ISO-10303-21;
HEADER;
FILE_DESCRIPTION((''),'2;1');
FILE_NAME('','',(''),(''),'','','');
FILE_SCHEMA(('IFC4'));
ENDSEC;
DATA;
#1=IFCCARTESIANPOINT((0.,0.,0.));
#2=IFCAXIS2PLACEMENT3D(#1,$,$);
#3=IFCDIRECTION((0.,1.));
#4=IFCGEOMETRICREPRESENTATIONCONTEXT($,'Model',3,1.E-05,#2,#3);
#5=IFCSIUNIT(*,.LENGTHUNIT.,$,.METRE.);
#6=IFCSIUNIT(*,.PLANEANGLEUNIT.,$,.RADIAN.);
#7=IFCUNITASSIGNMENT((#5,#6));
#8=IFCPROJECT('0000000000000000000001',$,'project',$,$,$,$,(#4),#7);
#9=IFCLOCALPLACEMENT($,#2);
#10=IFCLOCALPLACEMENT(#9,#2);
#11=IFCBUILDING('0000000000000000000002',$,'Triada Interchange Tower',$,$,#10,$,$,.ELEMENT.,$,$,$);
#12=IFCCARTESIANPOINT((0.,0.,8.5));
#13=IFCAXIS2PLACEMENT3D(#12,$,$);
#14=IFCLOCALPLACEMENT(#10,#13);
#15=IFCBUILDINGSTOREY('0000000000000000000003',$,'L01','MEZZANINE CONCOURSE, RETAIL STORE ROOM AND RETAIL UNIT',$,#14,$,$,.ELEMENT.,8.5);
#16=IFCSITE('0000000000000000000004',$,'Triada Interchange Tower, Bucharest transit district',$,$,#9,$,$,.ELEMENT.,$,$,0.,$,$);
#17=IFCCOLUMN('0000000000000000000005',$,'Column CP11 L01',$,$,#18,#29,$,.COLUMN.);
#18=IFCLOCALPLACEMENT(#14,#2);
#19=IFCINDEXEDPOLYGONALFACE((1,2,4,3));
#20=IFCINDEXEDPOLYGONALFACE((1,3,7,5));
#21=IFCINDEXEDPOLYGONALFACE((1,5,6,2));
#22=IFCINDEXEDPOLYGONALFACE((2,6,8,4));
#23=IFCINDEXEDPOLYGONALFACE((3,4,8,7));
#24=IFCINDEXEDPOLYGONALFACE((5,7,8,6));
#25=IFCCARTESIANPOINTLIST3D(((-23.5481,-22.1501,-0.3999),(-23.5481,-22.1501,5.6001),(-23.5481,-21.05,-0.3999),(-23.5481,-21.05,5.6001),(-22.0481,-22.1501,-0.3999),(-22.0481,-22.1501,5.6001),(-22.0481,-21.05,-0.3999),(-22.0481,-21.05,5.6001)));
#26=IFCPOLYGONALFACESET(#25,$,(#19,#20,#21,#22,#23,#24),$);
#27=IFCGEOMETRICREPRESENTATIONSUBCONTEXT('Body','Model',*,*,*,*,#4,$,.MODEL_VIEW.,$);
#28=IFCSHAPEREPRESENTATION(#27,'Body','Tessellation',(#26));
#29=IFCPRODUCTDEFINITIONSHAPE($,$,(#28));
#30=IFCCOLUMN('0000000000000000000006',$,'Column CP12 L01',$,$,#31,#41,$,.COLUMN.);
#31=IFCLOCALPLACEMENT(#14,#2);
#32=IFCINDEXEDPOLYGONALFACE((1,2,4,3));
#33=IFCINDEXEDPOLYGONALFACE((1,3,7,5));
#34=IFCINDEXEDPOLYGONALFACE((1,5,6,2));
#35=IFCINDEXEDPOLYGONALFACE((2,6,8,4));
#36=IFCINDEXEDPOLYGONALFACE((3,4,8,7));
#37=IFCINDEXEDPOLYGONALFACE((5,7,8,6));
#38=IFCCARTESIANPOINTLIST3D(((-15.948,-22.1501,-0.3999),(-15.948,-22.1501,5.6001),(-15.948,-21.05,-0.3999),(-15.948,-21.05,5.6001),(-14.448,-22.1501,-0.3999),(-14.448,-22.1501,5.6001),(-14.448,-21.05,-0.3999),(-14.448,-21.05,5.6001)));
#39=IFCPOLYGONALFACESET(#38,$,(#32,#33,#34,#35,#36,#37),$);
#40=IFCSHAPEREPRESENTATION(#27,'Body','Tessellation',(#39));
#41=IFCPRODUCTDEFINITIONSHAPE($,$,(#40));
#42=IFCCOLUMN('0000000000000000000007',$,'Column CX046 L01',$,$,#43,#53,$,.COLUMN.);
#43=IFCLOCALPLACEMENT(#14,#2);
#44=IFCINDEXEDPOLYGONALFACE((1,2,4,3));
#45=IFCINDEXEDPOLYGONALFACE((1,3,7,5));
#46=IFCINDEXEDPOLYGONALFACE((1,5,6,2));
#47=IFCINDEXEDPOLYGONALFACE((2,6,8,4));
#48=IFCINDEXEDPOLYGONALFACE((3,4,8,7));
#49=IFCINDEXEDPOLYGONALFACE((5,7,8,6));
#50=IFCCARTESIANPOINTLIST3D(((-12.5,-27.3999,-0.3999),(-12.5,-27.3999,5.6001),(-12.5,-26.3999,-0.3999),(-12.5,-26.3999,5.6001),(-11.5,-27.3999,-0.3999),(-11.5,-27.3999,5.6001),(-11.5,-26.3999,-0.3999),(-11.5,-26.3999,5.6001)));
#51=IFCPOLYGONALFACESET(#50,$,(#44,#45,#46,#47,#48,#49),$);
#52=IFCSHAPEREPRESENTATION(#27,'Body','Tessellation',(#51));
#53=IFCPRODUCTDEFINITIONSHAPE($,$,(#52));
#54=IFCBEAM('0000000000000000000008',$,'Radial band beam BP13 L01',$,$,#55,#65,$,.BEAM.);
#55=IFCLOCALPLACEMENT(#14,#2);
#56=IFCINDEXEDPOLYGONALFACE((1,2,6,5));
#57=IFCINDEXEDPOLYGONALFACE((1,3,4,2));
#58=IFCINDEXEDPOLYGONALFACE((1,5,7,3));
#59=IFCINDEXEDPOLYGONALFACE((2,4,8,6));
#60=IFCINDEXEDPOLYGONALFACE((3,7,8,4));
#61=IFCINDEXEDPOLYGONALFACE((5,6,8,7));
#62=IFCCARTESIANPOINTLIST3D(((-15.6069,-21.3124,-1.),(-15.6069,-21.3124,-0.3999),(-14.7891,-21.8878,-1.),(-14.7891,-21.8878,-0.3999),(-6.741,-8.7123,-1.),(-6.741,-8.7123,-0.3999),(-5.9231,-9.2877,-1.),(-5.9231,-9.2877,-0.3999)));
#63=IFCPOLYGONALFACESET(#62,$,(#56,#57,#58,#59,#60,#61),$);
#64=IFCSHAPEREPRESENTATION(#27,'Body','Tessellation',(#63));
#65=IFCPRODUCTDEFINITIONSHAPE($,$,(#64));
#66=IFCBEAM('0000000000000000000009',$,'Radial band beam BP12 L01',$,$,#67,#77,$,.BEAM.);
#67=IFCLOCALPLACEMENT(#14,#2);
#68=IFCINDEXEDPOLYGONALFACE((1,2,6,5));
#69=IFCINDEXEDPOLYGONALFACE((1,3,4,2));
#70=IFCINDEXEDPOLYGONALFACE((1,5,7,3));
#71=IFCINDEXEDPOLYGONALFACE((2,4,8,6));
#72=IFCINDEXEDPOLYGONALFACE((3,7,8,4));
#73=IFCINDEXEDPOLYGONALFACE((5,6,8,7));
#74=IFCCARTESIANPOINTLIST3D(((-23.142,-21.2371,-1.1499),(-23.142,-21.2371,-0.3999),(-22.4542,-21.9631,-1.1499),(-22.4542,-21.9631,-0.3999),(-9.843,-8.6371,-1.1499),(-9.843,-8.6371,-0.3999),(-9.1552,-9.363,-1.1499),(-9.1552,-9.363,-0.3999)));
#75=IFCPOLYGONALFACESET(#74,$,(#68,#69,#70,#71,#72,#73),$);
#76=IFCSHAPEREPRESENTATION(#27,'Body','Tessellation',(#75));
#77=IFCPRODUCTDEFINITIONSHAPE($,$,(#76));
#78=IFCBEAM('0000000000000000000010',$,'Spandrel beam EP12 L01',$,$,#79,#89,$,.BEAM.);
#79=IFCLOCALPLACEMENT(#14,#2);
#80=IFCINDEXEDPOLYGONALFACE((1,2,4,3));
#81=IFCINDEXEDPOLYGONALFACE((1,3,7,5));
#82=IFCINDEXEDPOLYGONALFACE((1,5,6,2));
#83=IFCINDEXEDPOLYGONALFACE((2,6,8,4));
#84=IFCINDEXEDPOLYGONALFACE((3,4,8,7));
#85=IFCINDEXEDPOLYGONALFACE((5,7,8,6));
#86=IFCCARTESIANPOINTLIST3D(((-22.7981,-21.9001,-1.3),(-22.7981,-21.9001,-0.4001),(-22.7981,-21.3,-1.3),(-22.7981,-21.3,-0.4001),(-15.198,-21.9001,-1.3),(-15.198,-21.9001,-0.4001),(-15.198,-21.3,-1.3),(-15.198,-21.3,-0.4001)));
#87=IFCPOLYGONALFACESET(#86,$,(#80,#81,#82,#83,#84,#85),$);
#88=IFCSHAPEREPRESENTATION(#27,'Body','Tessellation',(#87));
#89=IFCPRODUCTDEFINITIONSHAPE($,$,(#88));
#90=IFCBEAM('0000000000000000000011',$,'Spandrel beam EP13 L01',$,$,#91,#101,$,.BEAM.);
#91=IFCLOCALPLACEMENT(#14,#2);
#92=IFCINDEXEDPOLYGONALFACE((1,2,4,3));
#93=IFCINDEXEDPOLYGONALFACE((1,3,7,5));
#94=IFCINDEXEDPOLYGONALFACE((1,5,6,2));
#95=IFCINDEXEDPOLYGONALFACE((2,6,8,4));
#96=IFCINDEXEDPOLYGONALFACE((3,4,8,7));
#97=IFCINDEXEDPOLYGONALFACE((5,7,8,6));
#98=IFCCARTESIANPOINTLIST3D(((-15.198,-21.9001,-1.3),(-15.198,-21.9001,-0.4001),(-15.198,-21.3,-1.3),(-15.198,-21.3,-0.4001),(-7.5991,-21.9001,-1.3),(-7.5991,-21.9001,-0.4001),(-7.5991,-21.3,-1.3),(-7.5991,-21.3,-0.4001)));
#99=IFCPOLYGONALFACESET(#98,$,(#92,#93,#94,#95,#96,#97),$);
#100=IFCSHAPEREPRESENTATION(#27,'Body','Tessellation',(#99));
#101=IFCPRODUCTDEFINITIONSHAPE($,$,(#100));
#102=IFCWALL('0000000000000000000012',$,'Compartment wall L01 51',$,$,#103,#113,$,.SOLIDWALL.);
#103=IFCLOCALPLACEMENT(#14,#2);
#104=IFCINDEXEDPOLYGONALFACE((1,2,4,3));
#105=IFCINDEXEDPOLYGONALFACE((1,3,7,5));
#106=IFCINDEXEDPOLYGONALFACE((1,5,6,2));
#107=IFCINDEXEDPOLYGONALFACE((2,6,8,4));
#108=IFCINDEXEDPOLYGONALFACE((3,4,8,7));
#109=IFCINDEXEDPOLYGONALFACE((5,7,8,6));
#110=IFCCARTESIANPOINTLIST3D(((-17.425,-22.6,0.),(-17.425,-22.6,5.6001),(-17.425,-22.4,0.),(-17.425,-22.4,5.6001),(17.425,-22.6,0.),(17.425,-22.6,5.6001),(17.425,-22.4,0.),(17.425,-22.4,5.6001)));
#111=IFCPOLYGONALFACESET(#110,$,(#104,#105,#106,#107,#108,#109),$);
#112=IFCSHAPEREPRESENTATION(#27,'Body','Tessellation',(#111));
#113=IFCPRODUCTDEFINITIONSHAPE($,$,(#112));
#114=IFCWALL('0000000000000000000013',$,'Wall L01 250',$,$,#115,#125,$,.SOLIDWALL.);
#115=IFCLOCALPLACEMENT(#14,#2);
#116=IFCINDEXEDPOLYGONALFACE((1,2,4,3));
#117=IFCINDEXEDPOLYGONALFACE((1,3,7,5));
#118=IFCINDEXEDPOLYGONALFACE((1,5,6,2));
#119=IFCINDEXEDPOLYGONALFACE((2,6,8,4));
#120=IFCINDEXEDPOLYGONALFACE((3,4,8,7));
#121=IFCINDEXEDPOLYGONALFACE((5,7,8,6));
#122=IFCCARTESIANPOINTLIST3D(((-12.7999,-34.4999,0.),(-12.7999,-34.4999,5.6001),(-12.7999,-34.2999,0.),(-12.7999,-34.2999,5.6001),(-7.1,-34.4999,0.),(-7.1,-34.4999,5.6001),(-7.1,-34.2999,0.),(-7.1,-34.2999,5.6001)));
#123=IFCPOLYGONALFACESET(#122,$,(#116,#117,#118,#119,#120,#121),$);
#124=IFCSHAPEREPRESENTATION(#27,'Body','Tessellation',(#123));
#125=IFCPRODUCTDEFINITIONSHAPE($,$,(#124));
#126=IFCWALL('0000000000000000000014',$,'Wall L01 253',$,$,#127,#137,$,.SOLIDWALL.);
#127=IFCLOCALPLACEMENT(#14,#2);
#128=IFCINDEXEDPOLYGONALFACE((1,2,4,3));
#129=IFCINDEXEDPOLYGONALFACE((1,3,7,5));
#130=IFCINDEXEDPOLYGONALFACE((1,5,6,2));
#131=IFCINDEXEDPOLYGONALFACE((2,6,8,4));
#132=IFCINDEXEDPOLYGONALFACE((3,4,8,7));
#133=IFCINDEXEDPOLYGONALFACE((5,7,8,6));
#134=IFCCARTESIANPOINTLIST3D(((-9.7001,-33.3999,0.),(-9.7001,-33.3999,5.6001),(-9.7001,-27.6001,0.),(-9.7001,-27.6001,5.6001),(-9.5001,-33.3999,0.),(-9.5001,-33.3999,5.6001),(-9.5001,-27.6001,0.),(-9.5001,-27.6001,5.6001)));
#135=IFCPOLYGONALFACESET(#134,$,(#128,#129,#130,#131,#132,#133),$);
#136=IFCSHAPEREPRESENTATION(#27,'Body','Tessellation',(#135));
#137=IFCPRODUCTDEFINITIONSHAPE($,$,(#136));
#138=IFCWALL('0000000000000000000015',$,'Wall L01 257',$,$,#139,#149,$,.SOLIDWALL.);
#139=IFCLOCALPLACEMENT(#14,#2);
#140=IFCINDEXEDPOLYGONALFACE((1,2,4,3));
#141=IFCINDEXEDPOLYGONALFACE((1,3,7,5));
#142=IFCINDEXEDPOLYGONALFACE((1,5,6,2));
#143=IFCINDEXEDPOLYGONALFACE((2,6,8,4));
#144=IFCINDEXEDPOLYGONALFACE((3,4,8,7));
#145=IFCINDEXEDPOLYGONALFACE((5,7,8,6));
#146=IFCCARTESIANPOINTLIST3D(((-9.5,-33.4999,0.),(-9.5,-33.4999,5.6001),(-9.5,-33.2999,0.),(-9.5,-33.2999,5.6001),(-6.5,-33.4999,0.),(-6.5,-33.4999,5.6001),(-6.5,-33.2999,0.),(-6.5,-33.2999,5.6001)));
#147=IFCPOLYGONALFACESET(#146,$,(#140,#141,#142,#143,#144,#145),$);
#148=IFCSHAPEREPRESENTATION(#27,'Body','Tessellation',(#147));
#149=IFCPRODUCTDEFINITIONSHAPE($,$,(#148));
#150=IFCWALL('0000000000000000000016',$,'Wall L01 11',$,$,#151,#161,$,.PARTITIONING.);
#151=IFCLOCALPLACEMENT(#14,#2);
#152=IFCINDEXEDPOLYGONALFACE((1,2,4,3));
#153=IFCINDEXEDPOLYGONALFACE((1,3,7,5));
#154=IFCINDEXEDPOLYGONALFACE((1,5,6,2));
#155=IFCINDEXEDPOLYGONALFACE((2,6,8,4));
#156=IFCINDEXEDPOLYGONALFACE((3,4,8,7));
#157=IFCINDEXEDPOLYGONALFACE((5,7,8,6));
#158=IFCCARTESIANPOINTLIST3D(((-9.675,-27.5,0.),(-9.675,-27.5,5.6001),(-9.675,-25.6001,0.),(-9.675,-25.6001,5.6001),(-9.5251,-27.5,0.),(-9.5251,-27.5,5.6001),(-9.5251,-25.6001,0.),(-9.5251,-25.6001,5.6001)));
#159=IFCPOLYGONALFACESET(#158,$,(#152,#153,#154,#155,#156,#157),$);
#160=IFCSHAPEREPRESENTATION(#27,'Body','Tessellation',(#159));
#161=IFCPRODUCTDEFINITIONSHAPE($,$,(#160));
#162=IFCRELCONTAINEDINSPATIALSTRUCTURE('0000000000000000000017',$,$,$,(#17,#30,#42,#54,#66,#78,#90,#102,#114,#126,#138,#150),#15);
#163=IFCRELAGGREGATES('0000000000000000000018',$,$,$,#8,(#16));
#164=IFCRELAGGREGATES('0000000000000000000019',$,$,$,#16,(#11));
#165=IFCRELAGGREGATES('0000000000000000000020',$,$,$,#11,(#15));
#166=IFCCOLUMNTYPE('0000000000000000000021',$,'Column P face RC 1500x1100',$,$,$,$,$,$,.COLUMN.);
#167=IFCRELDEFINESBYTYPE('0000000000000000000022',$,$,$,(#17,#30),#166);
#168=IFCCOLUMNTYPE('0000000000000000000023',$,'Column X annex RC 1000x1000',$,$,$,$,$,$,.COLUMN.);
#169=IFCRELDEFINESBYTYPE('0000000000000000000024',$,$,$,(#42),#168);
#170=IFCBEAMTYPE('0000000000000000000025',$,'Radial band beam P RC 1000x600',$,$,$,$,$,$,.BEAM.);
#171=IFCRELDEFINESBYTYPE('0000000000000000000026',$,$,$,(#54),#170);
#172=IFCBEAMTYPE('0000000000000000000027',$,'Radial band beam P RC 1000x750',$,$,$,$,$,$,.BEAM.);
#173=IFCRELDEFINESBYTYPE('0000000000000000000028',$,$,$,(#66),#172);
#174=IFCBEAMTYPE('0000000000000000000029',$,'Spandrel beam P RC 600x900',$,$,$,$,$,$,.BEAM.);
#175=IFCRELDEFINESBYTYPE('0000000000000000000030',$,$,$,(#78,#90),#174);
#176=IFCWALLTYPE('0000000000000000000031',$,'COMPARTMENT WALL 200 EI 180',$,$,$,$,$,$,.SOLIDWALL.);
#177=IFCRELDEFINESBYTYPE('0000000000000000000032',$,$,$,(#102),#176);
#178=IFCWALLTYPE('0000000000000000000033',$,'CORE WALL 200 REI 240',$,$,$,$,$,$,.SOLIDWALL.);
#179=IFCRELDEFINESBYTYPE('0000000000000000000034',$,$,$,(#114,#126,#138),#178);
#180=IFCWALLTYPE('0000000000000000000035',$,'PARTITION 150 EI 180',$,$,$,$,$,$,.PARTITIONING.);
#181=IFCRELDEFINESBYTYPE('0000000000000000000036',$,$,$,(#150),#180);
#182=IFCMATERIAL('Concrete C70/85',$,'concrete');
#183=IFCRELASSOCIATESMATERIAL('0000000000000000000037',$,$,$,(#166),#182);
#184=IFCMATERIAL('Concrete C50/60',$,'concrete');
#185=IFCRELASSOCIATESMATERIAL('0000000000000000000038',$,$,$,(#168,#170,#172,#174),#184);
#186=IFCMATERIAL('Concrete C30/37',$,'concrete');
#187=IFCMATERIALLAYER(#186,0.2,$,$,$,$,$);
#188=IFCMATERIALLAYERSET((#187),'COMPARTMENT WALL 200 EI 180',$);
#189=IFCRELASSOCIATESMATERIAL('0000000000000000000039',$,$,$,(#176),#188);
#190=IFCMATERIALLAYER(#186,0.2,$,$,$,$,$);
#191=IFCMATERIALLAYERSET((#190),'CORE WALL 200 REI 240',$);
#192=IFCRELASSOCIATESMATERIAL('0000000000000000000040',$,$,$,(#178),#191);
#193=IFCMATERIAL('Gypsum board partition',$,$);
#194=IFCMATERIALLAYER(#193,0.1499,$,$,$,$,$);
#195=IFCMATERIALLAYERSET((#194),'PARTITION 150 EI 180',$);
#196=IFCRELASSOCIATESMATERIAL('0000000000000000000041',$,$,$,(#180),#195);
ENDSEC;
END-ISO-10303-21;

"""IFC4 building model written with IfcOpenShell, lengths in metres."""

from ifc_helpers import new_model, si_unit, direction, frame, frame_2d, origin, origin_2d, place, context, subcontext, project, spatial, rectangle, extrude, material, layer, layer_set, material_profile, profile_set, type_object, element, save


model = new_model("IFC4")

# Units and contexts
model_context = context("Model", 3, precision=1e-05, world=origin(), true_north=direction((0.0, 1.0)))
body_context = subcontext(model_context, "Body", "Model", "MODEL_VIEW")
ifc_project = project(units=[si_unit("LENGTHUNIT", "METRE"), si_unit("PLANEANGLEUNIT", "RADIAN")], contexts=[model_context])

# Site, building, storey
site_placement = place(None, origin())
site = spatial("IfcSite", under=ifc_project, at=site_placement, Name="Triada Interchange Tower, Bucharest transit district", CompositionType="ELEMENT", RefElevation=0.0)
building_placement = place(site_placement, origin())
building = spatial("IfcBuilding", under=site, at=building_placement, Name="Triada Interchange Tower", CompositionType="ELEMENT")
storey_placement = place(building_placement, frame((0.0, 0.0, 8.5)))
storey = spatial("IfcBuildingStorey", under=building, at=storey_placement, Name="L01", Description="MEZZANINE CONCOURSE, RETAIL STORE ROOM AND RETAIL UNIT", CompositionType="ELEMENT", Elevation=8.5)

# Columns
ifc_material_1 = material(Name="Concrete C70/85", Category="concrete")
ifc_material_profile_1 = material_profile(ifc_material_1, rectangle(XDim=1.5, YDim=1.1001, at=origin_2d()), Name="RC 1500x1100")
ifc_profile_set_1 = profile_set([ifc_material_profile_1], Name="Concrete C70/85")
column_type_1 = type_object("IfcColumnType", Name="Column P face RC 1500x1100", PredefinedType="COLUMN", material=ifc_profile_set_1)
for number, where, z_axis, x_axis, name in (
    (1, (-22.7981, -21.6001, -0.3999), (0.0, 0.0, 1.0), (1.0, 0.0, 0.0), "Column CP11 L01"),
    (2, (-15.198, -21.6001, -0.3999), (0.0, 0.0, 1.0), (1.0, 0.0, 0.0), "Column CP12 L01"),
):
    element("IfcColumn", number, at=place(storey_placement, frame(where, z_axis=z_axis, x_axis=x_axis)), inside=storey, type_object=column_type_1, Name=name, PredefinedType="COLUMN", context=body_context, shape_type="SweptSolid", body=[
        extrude(rectangle(XDim=1.5, YDim=1.1001, at=origin_2d()), origin(), (0.0, 0.0, 1.0), 6.0),
    ])
ifc_material_2 = material(Name="Concrete C50/60", Category="concrete")
ifc_material_profile_2 = material_profile(ifc_material_2, rectangle(XDim=1.0, YDim=1.0, at=origin_2d()), Name="RC 1000x1000")
ifc_profile_set_2 = profile_set([ifc_material_profile_2], Name="Concrete C50/60")
column_type_2 = type_object("IfcColumnType", Name="Column X annex RC 1000x1000", PredefinedType="COLUMN", material=ifc_profile_set_2)
column_placement = place(storey_placement, frame((-12.0, -26.8999, -0.3999), z_axis=(0.0, 0.0, 1.0), x_axis=(1.0, 0.0, 0.0)))
element("IfcColumn", 3, at=column_placement, inside=storey, type_object=column_type_2, Name="Column CX046 L01", PredefinedType="COLUMN", context=body_context, shape_type="SweptSolid", body=[
    extrude(rectangle(XDim=1.0, YDim=1.0, at=origin_2d()), origin(), (0.0, 0.0, 1.0), 6.0),
])

# Beams
ifc_material_profile_3 = material_profile(ifc_material_2, rectangle(XDim=1.0, YDim=0.6001, at=origin_2d()), Name="RC 1000x600")
ifc_profile_set_3 = profile_set([ifc_material_profile_3], Name="Concrete C50/60")
beam_type_1 = type_object("IfcBeamType", Name="Radial band beam P RC 1000x600", PredefinedType="BEAM", material=ifc_profile_set_3)
beam_1_placement = place(storey_placement, frame((-15.198, -21.6001, -0.7), z_axis=(0.57546, 0.81783, 0.0), x_axis=(-0.81783, 0.57546, 0.0)))
element("IfcBeam", 4, at=beam_1_placement, inside=storey, type_object=beam_type_1, Name="Radial band beam BP13 L01", PredefinedType="BEAM", context=body_context, shape_type="SweptSolid", body=[
    extrude(rectangle(XDim=1.0, YDim=0.6001, at=origin_2d()), origin(), (0.0, 0.0, 1.0), 15.4067),
])
ifc_material_profile_4 = material_profile(ifc_material_2, rectangle(XDim=1.0, YDim=0.75, at=origin_2d()), Name="RC 1000x750")
ifc_profile_set_4 = profile_set([ifc_material_profile_4], Name="Concrete C50/60")
beam_type_2 = type_object("IfcBeamType", Name="Radial band beam P RC 1000x750", PredefinedType="BEAM", material=ifc_profile_set_4)
beam_2_placement = place(storey_placement, frame((-22.7981, -21.6001, -0.7749), z_axis=(0.725926, 0.687773, 0.0), x_axis=(-0.687773, 0.725926, 0.0)))
element("IfcBeam", 5, at=beam_2_placement, inside=storey, type_object=beam_type_2, Name="Radial band beam BP12 L01", PredefinedType="BEAM", context=body_context, shape_type="SweptSolid", body=[
    extrude(rectangle(XDim=1.0, YDim=0.75, at=origin_2d()), origin(), (0.0, 0.0, 1.0), 18.3201),
])
ifc_material_profile_5 = material_profile(ifc_material_2, rectangle(XDim=0.6001, YDim=0.8999, at=origin_2d()), Name="RC 600x900")
ifc_profile_set_5 = profile_set([ifc_material_profile_5], Name="Concrete C50/60")
beam_type_3 = type_object("IfcBeamType", Name="Spandrel beam P RC 600x900", PredefinedType="BEAM", material=ifc_profile_set_5)
beam_3_placement = place(storey_placement, frame((-22.7981, -21.6001, -0.8501), z_axis=(1.0, 0.0, 0.0), x_axis=(0.0, 1.0, 0.0)))
element("IfcBeam", 6, at=beam_3_placement, inside=storey, type_object=beam_type_3, Name="Spandrel beam EP12 L01", PredefinedType="BEAM", context=body_context, shape_type="SweptSolid", body=[
    extrude(rectangle(XDim=0.6001, YDim=0.8999, at=origin_2d()), origin(), (0.0, 0.0, 1.0), 7.6001),
])
beam_4_placement = place(storey_placement, frame((-15.198, -21.6001, -0.8501), z_axis=(1.0, 0.0, 0.0), x_axis=(0.0, 1.0, 0.0)))
element("IfcBeam", 7, at=beam_4_placement, inside=storey, type_object=beam_type_3, Name="Spandrel beam EP13 L01", PredefinedType="BEAM", context=body_context, shape_type="SweptSolid", body=[
    extrude(rectangle(XDim=0.6001, YDim=0.8999, at=origin_2d()), origin(), (0.0, 0.0, 1.0), 7.5989),
])

# Walls
ifc_material_3 = material(Name="Concrete C30/37", Category="concrete")
ifc_layer_1 = layer(ifc_material_3, 0.2)
ifc_layer_set_1 = layer_set([ifc_layer_1], Name="COMPARTMENT WALL 200 EI 180")
wall_type_1 = type_object("IfcWallType", Name="COMPARTMENT WALL 200 EI 180", PredefinedType="SOLIDWALL", material=ifc_layer_set_1)
wall_1_placement = place(storey_placement, frame((-17.425, -22.5, 0.0), z_axis=(0.0, 0.0, 1.0), x_axis=(1.0, 0.0, 0.0)))
element("IfcWall", 8, at=wall_1_placement, inside=storey, type_object=wall_type_1, Name="Compartment wall L01 51", PredefinedType="SOLIDWALL", context=body_context, shape_type="SweptSolid", body=[
    extrude(rectangle(XDim=34.8501, YDim=0.2, at=frame_2d((17.425, 0.0))), origin(), (0.0, 0.0, 1.0), 5.6001),
])
ifc_layer_2 = layer(ifc_material_3, 0.2)
ifc_layer_set_2 = layer_set([ifc_layer_2], Name="CORE WALL 200 REI 240")
wall_type_2 = type_object("IfcWallType", Name="CORE WALL 200 REI 240", PredefinedType="SOLIDWALL", material=ifc_layer_set_2)
wall_2_placement = place(storey_placement, frame((-12.8, -34.3999, 0.0), z_axis=(0.0, 0.0, 1.0), x_axis=(1.0, 0.0, 0.0)))
element("IfcWall", 9, at=wall_2_placement, inside=storey, type_object=wall_type_2, Name="Wall L01 250", PredefinedType="SOLIDWALL", context=body_context, shape_type="SweptSolid", body=[
    extrude(rectangle(XDim=5.7, YDim=0.2, at=frame_2d((2.8501, 0.0))), origin(), (0.0, 0.0, 1.0), 5.6001),
])
wall_3_placement = place(storey_placement, frame((-9.6001, -33.3999, 0.0), z_axis=(0.0, 0.0, 1.0), x_axis=(0.0, 1.0, 0.0)))
element("IfcWall", 10, at=wall_3_placement, inside=storey, type_object=wall_type_2, Name="Wall L01 253", PredefinedType="SOLIDWALL", context=body_context, shape_type="SweptSolid", body=[
    extrude(rectangle(XDim=5.7998, YDim=0.2, at=frame_2d((2.8999, 0.0))), origin(), (0.0, 0.0, 1.0), 5.6001),
])
wall_4_placement = place(storey_placement, frame((-9.5, -33.3999, 0.0), z_axis=(0.0, 0.0, 1.0), x_axis=(1.0, 0.0, 0.0)))
element("IfcWall", 11, at=wall_4_placement, inside=storey, type_object=wall_type_2, Name="Wall L01 257", PredefinedType="SOLIDWALL", context=body_context, shape_type="SweptSolid", body=[
    extrude(rectangle(XDim=3.0, YDim=0.2, at=frame_2d((1.5, 0.0))), origin(), (0.0, 0.0, 1.0), 5.6001),
])
ifc_material_4 = material(Name="Gypsum board partition")
ifc_layer_3 = layer(ifc_material_4, 0.1499)
ifc_layer_set_3 = layer_set([ifc_layer_3], Name="PARTITION 150 EI 180")
wall_type_3 = type_object("IfcWallType", Name="PARTITION 150 EI 180", PredefinedType="PARTITIONING", material=ifc_layer_set_3)
wall_5_placement = place(storey_placement, frame((-9.6001, -27.5, 0.0), z_axis=(0.0, 0.0, 1.0), x_axis=(0.0, 1.0, 0.0)))
element("IfcWall", 12, at=wall_5_placement, inside=storey, type_object=wall_type_3, Name="Wall L01 11", PredefinedType="PARTITIONING", context=body_context, shape_type="SweptSolid", body=[
    extrude(rectangle(XDim=1.8999, YDim=0.1499, at=frame_2d((0.95, 0.0))), origin(), (0.0, 0.0, 1.0), 5.6001),
])

save(model, "model.ifc")
